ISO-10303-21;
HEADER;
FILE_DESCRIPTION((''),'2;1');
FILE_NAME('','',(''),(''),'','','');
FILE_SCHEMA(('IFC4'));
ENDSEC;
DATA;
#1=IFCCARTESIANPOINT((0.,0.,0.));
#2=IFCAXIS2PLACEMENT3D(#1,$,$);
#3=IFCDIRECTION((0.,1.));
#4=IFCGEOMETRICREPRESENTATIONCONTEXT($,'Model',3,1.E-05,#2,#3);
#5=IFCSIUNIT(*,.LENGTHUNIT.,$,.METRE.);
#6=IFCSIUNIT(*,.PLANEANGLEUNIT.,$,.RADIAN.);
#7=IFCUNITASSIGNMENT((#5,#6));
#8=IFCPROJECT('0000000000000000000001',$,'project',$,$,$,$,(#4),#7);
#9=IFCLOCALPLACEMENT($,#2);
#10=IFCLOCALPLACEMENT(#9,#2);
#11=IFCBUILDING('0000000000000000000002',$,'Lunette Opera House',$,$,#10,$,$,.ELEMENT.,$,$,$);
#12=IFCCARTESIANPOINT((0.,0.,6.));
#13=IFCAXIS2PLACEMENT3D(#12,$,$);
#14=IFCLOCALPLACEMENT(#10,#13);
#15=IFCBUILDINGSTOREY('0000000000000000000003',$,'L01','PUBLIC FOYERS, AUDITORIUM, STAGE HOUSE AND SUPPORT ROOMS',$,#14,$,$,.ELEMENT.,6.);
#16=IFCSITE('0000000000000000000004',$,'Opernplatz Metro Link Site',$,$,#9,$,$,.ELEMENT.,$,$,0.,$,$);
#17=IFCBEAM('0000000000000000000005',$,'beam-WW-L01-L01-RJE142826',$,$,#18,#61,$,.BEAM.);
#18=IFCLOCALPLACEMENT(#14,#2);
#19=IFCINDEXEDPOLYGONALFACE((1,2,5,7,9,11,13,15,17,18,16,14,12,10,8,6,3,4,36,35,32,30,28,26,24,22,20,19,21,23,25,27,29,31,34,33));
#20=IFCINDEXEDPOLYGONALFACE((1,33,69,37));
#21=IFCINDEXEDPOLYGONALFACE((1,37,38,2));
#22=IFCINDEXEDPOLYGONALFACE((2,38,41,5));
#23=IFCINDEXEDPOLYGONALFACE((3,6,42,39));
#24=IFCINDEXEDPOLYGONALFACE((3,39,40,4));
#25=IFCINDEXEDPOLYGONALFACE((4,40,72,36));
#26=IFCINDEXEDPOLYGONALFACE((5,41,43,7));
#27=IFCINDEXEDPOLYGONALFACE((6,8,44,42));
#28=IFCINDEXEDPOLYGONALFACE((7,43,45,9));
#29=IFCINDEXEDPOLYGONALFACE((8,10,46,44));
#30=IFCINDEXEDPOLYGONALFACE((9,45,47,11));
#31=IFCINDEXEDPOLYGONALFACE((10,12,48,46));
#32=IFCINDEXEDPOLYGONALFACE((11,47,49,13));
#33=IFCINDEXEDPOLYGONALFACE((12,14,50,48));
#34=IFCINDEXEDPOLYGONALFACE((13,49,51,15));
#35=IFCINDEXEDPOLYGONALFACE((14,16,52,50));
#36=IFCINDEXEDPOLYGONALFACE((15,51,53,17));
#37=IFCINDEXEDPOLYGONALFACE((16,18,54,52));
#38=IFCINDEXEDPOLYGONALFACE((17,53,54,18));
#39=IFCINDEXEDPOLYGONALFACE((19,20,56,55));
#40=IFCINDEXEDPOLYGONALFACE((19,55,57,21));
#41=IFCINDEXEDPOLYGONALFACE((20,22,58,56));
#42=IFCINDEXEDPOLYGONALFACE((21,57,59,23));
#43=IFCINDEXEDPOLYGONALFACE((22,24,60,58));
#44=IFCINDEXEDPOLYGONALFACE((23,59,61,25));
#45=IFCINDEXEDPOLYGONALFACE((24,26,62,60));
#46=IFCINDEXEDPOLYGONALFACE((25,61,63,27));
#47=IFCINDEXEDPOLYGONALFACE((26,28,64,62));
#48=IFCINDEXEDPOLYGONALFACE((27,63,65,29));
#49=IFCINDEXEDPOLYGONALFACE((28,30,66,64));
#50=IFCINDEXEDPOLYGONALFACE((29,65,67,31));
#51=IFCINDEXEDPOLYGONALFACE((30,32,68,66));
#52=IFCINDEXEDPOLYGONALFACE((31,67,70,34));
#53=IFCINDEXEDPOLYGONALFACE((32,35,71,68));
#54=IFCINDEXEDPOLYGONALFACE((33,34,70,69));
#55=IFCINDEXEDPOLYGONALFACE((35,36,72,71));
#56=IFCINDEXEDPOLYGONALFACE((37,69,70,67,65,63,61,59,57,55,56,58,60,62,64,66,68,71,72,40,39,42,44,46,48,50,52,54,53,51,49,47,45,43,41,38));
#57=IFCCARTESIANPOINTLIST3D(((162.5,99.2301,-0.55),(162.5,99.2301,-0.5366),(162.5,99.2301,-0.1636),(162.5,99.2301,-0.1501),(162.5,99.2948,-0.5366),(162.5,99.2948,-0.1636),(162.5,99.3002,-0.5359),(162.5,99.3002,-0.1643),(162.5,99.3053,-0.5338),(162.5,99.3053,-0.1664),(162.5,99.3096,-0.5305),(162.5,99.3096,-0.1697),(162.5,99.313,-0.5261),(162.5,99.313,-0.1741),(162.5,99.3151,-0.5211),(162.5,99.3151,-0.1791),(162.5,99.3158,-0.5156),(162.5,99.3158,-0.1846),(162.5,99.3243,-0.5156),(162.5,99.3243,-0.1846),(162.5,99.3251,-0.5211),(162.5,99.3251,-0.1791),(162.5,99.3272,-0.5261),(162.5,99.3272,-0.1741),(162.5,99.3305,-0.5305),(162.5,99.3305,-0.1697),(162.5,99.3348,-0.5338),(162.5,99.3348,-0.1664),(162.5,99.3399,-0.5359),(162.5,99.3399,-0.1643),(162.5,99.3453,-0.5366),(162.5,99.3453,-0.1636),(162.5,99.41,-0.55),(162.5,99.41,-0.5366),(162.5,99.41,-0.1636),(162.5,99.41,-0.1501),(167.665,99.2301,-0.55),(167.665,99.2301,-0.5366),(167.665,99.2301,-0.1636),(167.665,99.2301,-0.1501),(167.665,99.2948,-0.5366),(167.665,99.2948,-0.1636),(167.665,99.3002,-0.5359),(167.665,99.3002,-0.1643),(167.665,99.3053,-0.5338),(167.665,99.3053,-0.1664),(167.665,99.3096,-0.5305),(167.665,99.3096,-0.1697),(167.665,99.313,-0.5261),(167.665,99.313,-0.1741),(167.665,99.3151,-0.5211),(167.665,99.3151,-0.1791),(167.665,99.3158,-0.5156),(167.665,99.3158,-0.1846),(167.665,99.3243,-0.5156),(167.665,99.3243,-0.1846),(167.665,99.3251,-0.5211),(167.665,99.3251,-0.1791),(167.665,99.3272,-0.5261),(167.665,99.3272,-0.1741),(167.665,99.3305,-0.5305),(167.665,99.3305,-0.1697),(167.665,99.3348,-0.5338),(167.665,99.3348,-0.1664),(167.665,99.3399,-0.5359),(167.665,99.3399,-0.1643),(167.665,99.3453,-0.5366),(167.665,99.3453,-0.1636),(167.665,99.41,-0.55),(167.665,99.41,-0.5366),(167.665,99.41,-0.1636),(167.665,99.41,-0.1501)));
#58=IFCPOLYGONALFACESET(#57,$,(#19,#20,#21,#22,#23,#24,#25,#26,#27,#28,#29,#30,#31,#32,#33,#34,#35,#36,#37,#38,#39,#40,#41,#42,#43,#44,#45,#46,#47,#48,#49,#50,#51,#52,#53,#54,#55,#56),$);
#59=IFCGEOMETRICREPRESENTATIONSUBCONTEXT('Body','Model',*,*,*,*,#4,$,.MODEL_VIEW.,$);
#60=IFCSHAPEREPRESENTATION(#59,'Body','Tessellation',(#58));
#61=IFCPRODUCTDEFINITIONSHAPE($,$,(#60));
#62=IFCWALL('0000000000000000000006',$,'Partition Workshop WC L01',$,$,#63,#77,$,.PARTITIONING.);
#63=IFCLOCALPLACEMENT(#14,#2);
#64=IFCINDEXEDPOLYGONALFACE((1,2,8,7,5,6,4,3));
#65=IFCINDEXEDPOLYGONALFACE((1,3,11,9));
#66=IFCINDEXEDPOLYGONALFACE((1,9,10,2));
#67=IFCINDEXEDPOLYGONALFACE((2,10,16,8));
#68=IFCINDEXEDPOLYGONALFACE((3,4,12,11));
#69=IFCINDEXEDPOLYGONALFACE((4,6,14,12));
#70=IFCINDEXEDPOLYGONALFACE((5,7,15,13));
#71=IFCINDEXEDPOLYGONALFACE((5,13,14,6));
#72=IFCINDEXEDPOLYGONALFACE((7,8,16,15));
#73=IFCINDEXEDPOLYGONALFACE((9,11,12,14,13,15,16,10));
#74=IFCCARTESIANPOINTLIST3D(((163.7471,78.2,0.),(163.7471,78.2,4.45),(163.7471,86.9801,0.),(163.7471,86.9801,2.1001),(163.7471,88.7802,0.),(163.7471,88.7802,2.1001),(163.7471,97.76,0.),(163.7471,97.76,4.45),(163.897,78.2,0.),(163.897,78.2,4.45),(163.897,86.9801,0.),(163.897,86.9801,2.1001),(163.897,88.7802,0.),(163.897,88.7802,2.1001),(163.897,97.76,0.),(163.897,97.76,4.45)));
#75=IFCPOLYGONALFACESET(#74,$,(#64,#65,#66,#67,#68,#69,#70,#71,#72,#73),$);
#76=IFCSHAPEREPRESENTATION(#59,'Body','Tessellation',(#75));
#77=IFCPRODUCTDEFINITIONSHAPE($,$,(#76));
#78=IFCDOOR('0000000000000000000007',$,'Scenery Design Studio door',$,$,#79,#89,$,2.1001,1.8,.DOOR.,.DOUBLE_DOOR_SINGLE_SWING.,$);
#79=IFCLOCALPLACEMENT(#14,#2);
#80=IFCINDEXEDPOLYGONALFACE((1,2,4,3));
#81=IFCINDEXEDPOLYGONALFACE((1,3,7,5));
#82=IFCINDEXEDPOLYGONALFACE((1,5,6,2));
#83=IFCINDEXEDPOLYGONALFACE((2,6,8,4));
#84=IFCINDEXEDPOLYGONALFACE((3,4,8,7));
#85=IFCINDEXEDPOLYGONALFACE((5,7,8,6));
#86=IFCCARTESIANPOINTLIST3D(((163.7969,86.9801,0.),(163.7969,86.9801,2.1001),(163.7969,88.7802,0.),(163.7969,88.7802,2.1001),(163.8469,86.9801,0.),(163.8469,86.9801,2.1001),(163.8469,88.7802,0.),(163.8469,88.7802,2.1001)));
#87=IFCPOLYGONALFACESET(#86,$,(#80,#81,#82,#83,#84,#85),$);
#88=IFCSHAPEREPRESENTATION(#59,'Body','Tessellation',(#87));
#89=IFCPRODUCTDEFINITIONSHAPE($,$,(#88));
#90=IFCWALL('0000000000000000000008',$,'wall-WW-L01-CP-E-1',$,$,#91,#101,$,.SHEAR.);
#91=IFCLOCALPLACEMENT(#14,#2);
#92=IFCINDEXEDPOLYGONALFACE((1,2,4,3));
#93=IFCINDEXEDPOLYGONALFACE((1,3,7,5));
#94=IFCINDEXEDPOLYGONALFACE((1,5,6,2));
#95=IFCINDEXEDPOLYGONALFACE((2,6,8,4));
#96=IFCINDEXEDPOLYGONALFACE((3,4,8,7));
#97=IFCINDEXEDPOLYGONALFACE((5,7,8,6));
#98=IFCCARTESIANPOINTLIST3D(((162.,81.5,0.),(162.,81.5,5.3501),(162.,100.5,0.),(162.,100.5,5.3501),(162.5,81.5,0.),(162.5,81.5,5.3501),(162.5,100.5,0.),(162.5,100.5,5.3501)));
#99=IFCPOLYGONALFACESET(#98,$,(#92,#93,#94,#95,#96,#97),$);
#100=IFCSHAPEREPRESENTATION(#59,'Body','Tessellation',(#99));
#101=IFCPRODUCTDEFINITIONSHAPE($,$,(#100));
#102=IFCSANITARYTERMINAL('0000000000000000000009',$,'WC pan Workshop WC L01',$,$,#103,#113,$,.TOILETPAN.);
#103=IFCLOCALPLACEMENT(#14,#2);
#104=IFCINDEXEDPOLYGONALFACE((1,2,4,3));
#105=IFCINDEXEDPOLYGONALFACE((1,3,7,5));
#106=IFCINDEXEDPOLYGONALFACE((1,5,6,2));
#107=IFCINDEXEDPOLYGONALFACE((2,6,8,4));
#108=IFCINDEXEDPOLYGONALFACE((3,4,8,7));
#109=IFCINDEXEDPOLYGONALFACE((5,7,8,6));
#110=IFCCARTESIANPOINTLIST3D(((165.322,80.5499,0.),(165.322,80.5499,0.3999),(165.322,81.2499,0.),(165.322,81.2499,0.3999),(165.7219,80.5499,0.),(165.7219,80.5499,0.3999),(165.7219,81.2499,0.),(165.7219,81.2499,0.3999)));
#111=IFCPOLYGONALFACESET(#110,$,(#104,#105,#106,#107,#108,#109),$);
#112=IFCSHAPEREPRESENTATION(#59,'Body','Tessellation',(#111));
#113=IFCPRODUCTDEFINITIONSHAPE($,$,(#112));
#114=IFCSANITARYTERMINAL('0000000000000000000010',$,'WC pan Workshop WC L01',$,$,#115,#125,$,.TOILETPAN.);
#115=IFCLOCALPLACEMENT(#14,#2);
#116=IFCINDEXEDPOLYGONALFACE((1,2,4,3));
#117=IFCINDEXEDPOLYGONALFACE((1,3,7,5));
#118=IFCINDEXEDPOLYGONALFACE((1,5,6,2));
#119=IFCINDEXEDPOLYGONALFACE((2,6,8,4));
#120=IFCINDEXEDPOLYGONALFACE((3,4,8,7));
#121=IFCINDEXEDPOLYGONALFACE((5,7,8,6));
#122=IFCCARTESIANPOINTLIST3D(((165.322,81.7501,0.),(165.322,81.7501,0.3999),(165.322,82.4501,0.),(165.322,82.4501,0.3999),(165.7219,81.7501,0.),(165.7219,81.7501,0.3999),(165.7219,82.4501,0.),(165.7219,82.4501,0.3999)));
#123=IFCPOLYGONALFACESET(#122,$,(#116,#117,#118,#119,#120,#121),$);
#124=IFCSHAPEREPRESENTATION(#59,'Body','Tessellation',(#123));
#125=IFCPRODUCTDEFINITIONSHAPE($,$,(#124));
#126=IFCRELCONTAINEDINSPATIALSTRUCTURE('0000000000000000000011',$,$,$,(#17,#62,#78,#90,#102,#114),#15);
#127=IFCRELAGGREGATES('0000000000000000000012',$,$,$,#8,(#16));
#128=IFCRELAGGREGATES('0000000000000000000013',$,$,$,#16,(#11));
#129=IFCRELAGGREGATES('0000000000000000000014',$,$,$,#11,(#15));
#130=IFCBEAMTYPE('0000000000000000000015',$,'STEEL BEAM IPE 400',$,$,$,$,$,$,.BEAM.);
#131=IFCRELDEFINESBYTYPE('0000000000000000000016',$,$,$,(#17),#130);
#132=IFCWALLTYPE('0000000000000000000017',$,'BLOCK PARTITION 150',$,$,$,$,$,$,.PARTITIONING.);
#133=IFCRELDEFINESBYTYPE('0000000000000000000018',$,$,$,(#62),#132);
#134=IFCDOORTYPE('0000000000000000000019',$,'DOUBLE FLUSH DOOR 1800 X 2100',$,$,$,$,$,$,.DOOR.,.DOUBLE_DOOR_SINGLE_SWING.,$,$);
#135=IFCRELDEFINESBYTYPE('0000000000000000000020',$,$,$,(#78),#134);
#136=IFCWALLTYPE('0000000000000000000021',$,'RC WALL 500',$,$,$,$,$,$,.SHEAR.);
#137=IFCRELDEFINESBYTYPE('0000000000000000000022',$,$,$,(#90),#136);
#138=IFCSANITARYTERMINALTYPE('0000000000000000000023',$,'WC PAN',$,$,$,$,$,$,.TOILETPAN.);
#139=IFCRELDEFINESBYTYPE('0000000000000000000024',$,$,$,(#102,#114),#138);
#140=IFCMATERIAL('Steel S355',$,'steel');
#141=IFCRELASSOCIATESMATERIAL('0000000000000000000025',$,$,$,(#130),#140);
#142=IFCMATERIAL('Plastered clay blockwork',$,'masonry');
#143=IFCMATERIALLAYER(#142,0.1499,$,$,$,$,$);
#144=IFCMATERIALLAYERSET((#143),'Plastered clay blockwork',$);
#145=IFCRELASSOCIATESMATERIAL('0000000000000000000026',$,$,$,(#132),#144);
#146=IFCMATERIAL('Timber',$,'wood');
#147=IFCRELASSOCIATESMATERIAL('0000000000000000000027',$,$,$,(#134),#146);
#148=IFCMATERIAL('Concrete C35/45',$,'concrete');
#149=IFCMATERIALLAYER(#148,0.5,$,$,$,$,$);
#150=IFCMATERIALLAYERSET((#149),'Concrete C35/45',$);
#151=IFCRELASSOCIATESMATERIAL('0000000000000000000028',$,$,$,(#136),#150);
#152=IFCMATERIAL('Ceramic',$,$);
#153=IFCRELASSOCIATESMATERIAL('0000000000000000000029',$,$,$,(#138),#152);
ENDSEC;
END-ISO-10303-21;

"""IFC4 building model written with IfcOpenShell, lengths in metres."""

from ifc_helpers import new_model, si_unit, direction, frame, frame_2d, origin, origin_2d, place, context, subcontext, project, spatial, rectangle, i_section, extrude, material, layer, layer_set, material_profile, profile_set, type_object, element, fill, save


model = new_model("IFC4")

# Units and contexts
model_context = context("Model", 3, precision=1e-05, world=origin(), true_north=direction((0.0, 1.0)))
body_context = subcontext(model_context, "Body", "Model", "MODEL_VIEW")
ifc_project = project(units=[si_unit("LENGTHUNIT", "METRE"), si_unit("PLANEANGLEUNIT", "RADIAN")], contexts=[model_context])

# Site, building, storey
site_placement = place(None, origin())
site = spatial("IfcSite", under=ifc_project, at=site_placement, Name="Opernplatz Metro Link Site", CompositionType="ELEMENT", RefElevation=0.0)
building_placement = place(site_placement, origin())
building = spatial("IfcBuilding", under=site, at=building_placement, Name="Lunette Opera House", CompositionType="ELEMENT")
storey_placement = place(building_placement, frame((0.0, 0.0, 6.0)))
storey = spatial("IfcBuildingStorey", under=building, at=storey_placement, Name="L01", Description="PUBLIC FOYERS, AUDITORIUM, STAGE HOUSE AND SUPPORT ROOMS", CompositionType="ELEMENT", Elevation=6.0)

# Beam
ifc_material_1 = material(Name="Steel S355", Category="steel")
ifc_material_profile_1 = material_profile(ifc_material_1, i_section(OverallWidth=0.1799, OverallDepth=0.3999, WebThickness=0.0085, FlangeThickness=0.0134, FilletRadius=0.021, at=origin_2d()), Name="IPE 400")
ifc_profile_set_1 = profile_set([ifc_material_profile_1], Name="Steel S355")
beam_type_1 = type_object("IfcBeamType", Name="STEEL BEAM IPE 400", PredefinedType="BEAM", material=ifc_profile_set_1)
for number, where, z_axis, x_axis, name in (
    (1, (162.5, 99.3201, -0.3501), (1.0, 0.0, 0.0), (0.0, 1.0, 0.0), "beam-WW-L01-L01-RJE142826"),
):
    element("IfcBeam", number, at=place(storey_placement, frame(where, z_axis=z_axis, x_axis=x_axis)), inside=storey, type_object=beam_type_1, Name=name, PredefinedType="BEAM", context=body_context, shape_type="SweptSolid", body=[
        extrude(i_section(OverallWidth=0.1799, OverallDepth=0.3999, WebThickness=0.0085, FlangeThickness=0.0134, FilletRadius=0.021, at=origin_2d()), origin(), (0.0, 0.0, 1.0), 5.165),
    ])

# Wall, opening, door
ifc_material_2 = material(Name="Plastered clay blockwork", Category="masonry")
ifc_layer_1 = layer(ifc_material_2, 0.1499)
ifc_layer_set_1 = layer_set([ifc_layer_1], Name="Plastered clay blockwork")
wall_type_1 = type_object("IfcWallType", Name="BLOCK PARTITION 150", PredefinedType="PARTITIONING", material=ifc_layer_set_1)
wall_1_placement = place(storey_placement, frame((163.822, 97.76, 0.0), z_axis=(0.0, 0.0, 1.0), x_axis=(0.0, -1.0, 0.0)))
wall_1 = element("IfcWall", 2, at=wall_1_placement, inside=storey, type_object=wall_type_1, Name="Partition Workshop WC L01", PredefinedType="PARTITIONING", context=body_context, shape_type="SweptSolid", body=[
    extrude(rectangle(XDim=19.5601, YDim=0.1499, at=frame_2d((9.78, 0.0))), origin(), (0.0, 0.0, 1.0), 4.45),
])
opening_placement = place(wall_1_placement, frame((8.98, 0.0, 0.0)))
opening = element("IfcOpeningElement", 3, at=opening_placement, cuts=wall_1, PredefinedType="OPENING", context=body_context, shape_type="SweptSolid", body=[
    extrude(rectangle(XDim=1.8, YDim=2.1001, at=frame_2d((0.8999, 1.05))), frame((0.0, 0.0869, 0.0), z_axis=(0.0, -1.0, 0.0), x_axis=(1.0, 0.0, 0.0)), (0.0, 0.0, 1.0), 0.1738),
])
ifc_material_3 = material(Name="Timber", Category="wood")
door_type = type_object("IfcDoorType", Name="DOUBLE FLUSH DOOR 1800 X 2100", OperationType="DOUBLE_DOOR_SINGLE_SWING", PredefinedType="DOOR", material=ifc_material_3)
door_placement = place(opening_placement, origin())
door = element("IfcDoor", 4, at=door_placement, inside=storey, type_object=door_type, Name="Scenery Design Studio door", OperationType="DOUBLE_DOOR_SINGLE_SWING", OverallHeight=2.1001, OverallWidth=1.8, PredefinedType="DOOR", context=body_context, shape_type="SweptSolid", body=[
    extrude(rectangle(XDim=1.8, YDim=2.1001, at=frame_2d((0.8999, 1.05))), frame((0.0, 0.0249, 0.0), z_axis=(0.0, -1.0, 0.0), x_axis=(1.0, 0.0, 0.0)), (0.0, 0.0, 1.0), 0.05),
])
fill(opening, door)

# Wall
ifc_material_4 = material(Name="Concrete C35/45", Category="concrete")
ifc_layer_2 = layer(ifc_material_4, 0.5)
ifc_layer_set_2 = layer_set([ifc_layer_2], Name="Concrete C35/45")
wall_type_2 = type_object("IfcWallType", Name="RC WALL 500", PredefinedType="SHEAR", material=ifc_layer_set_2)
wall_2_placement = place(storey_placement, frame((162.25, 81.5, 0.0), z_axis=(0.0, 0.0, 1.0), x_axis=(0.0, 1.0, 0.0)))
element("IfcWall", 5, at=wall_2_placement, inside=storey, type_object=wall_type_2, Name="wall-WW-L01-CP-E-1", PredefinedType="SHEAR", context=body_context, shape_type="SweptSolid", body=[
    extrude(rectangle(XDim=19.0, YDim=0.5, at=frame_2d((9.5, 0.0))), origin(), (0.0, 0.0, 1.0), 5.3501),
])

# Sanitary terminals
ifc_material_5 = material(Name="Ceramic")
sanitary_terminal_type = type_object("IfcSanitaryTerminalType", Name="WC PAN", PredefinedType="TOILETPAN", material=ifc_material_5)
for number, where, z_axis, x_axis, name in (
    (6, (165.522, 80.8999, 0.0), (0.0, 0.0, 1.0), (1.0, 0.0, 0.0), "WC pan Workshop WC L01"),
    (7, (165.522, 82.1001, 0.0), (0.0, 0.0, 1.0), (1.0, 0.0, 0.0), "WC pan Workshop WC L01"),
):
    element("IfcSanitaryTerminal", number, at=place(storey_placement, frame(where, z_axis=z_axis, x_axis=x_axis)), inside=storey, type_object=sanitary_terminal_type, Name=name, PredefinedType="TOILETPAN", context=body_context, shape_type="SweptSolid", body=[
        extrude(rectangle(XDim=0.3999, YDim=0.7, at=origin_2d()), origin(), (0.0, 0.0, 1.0), 0.3999),
    ])

save(model, "model.ifc")
